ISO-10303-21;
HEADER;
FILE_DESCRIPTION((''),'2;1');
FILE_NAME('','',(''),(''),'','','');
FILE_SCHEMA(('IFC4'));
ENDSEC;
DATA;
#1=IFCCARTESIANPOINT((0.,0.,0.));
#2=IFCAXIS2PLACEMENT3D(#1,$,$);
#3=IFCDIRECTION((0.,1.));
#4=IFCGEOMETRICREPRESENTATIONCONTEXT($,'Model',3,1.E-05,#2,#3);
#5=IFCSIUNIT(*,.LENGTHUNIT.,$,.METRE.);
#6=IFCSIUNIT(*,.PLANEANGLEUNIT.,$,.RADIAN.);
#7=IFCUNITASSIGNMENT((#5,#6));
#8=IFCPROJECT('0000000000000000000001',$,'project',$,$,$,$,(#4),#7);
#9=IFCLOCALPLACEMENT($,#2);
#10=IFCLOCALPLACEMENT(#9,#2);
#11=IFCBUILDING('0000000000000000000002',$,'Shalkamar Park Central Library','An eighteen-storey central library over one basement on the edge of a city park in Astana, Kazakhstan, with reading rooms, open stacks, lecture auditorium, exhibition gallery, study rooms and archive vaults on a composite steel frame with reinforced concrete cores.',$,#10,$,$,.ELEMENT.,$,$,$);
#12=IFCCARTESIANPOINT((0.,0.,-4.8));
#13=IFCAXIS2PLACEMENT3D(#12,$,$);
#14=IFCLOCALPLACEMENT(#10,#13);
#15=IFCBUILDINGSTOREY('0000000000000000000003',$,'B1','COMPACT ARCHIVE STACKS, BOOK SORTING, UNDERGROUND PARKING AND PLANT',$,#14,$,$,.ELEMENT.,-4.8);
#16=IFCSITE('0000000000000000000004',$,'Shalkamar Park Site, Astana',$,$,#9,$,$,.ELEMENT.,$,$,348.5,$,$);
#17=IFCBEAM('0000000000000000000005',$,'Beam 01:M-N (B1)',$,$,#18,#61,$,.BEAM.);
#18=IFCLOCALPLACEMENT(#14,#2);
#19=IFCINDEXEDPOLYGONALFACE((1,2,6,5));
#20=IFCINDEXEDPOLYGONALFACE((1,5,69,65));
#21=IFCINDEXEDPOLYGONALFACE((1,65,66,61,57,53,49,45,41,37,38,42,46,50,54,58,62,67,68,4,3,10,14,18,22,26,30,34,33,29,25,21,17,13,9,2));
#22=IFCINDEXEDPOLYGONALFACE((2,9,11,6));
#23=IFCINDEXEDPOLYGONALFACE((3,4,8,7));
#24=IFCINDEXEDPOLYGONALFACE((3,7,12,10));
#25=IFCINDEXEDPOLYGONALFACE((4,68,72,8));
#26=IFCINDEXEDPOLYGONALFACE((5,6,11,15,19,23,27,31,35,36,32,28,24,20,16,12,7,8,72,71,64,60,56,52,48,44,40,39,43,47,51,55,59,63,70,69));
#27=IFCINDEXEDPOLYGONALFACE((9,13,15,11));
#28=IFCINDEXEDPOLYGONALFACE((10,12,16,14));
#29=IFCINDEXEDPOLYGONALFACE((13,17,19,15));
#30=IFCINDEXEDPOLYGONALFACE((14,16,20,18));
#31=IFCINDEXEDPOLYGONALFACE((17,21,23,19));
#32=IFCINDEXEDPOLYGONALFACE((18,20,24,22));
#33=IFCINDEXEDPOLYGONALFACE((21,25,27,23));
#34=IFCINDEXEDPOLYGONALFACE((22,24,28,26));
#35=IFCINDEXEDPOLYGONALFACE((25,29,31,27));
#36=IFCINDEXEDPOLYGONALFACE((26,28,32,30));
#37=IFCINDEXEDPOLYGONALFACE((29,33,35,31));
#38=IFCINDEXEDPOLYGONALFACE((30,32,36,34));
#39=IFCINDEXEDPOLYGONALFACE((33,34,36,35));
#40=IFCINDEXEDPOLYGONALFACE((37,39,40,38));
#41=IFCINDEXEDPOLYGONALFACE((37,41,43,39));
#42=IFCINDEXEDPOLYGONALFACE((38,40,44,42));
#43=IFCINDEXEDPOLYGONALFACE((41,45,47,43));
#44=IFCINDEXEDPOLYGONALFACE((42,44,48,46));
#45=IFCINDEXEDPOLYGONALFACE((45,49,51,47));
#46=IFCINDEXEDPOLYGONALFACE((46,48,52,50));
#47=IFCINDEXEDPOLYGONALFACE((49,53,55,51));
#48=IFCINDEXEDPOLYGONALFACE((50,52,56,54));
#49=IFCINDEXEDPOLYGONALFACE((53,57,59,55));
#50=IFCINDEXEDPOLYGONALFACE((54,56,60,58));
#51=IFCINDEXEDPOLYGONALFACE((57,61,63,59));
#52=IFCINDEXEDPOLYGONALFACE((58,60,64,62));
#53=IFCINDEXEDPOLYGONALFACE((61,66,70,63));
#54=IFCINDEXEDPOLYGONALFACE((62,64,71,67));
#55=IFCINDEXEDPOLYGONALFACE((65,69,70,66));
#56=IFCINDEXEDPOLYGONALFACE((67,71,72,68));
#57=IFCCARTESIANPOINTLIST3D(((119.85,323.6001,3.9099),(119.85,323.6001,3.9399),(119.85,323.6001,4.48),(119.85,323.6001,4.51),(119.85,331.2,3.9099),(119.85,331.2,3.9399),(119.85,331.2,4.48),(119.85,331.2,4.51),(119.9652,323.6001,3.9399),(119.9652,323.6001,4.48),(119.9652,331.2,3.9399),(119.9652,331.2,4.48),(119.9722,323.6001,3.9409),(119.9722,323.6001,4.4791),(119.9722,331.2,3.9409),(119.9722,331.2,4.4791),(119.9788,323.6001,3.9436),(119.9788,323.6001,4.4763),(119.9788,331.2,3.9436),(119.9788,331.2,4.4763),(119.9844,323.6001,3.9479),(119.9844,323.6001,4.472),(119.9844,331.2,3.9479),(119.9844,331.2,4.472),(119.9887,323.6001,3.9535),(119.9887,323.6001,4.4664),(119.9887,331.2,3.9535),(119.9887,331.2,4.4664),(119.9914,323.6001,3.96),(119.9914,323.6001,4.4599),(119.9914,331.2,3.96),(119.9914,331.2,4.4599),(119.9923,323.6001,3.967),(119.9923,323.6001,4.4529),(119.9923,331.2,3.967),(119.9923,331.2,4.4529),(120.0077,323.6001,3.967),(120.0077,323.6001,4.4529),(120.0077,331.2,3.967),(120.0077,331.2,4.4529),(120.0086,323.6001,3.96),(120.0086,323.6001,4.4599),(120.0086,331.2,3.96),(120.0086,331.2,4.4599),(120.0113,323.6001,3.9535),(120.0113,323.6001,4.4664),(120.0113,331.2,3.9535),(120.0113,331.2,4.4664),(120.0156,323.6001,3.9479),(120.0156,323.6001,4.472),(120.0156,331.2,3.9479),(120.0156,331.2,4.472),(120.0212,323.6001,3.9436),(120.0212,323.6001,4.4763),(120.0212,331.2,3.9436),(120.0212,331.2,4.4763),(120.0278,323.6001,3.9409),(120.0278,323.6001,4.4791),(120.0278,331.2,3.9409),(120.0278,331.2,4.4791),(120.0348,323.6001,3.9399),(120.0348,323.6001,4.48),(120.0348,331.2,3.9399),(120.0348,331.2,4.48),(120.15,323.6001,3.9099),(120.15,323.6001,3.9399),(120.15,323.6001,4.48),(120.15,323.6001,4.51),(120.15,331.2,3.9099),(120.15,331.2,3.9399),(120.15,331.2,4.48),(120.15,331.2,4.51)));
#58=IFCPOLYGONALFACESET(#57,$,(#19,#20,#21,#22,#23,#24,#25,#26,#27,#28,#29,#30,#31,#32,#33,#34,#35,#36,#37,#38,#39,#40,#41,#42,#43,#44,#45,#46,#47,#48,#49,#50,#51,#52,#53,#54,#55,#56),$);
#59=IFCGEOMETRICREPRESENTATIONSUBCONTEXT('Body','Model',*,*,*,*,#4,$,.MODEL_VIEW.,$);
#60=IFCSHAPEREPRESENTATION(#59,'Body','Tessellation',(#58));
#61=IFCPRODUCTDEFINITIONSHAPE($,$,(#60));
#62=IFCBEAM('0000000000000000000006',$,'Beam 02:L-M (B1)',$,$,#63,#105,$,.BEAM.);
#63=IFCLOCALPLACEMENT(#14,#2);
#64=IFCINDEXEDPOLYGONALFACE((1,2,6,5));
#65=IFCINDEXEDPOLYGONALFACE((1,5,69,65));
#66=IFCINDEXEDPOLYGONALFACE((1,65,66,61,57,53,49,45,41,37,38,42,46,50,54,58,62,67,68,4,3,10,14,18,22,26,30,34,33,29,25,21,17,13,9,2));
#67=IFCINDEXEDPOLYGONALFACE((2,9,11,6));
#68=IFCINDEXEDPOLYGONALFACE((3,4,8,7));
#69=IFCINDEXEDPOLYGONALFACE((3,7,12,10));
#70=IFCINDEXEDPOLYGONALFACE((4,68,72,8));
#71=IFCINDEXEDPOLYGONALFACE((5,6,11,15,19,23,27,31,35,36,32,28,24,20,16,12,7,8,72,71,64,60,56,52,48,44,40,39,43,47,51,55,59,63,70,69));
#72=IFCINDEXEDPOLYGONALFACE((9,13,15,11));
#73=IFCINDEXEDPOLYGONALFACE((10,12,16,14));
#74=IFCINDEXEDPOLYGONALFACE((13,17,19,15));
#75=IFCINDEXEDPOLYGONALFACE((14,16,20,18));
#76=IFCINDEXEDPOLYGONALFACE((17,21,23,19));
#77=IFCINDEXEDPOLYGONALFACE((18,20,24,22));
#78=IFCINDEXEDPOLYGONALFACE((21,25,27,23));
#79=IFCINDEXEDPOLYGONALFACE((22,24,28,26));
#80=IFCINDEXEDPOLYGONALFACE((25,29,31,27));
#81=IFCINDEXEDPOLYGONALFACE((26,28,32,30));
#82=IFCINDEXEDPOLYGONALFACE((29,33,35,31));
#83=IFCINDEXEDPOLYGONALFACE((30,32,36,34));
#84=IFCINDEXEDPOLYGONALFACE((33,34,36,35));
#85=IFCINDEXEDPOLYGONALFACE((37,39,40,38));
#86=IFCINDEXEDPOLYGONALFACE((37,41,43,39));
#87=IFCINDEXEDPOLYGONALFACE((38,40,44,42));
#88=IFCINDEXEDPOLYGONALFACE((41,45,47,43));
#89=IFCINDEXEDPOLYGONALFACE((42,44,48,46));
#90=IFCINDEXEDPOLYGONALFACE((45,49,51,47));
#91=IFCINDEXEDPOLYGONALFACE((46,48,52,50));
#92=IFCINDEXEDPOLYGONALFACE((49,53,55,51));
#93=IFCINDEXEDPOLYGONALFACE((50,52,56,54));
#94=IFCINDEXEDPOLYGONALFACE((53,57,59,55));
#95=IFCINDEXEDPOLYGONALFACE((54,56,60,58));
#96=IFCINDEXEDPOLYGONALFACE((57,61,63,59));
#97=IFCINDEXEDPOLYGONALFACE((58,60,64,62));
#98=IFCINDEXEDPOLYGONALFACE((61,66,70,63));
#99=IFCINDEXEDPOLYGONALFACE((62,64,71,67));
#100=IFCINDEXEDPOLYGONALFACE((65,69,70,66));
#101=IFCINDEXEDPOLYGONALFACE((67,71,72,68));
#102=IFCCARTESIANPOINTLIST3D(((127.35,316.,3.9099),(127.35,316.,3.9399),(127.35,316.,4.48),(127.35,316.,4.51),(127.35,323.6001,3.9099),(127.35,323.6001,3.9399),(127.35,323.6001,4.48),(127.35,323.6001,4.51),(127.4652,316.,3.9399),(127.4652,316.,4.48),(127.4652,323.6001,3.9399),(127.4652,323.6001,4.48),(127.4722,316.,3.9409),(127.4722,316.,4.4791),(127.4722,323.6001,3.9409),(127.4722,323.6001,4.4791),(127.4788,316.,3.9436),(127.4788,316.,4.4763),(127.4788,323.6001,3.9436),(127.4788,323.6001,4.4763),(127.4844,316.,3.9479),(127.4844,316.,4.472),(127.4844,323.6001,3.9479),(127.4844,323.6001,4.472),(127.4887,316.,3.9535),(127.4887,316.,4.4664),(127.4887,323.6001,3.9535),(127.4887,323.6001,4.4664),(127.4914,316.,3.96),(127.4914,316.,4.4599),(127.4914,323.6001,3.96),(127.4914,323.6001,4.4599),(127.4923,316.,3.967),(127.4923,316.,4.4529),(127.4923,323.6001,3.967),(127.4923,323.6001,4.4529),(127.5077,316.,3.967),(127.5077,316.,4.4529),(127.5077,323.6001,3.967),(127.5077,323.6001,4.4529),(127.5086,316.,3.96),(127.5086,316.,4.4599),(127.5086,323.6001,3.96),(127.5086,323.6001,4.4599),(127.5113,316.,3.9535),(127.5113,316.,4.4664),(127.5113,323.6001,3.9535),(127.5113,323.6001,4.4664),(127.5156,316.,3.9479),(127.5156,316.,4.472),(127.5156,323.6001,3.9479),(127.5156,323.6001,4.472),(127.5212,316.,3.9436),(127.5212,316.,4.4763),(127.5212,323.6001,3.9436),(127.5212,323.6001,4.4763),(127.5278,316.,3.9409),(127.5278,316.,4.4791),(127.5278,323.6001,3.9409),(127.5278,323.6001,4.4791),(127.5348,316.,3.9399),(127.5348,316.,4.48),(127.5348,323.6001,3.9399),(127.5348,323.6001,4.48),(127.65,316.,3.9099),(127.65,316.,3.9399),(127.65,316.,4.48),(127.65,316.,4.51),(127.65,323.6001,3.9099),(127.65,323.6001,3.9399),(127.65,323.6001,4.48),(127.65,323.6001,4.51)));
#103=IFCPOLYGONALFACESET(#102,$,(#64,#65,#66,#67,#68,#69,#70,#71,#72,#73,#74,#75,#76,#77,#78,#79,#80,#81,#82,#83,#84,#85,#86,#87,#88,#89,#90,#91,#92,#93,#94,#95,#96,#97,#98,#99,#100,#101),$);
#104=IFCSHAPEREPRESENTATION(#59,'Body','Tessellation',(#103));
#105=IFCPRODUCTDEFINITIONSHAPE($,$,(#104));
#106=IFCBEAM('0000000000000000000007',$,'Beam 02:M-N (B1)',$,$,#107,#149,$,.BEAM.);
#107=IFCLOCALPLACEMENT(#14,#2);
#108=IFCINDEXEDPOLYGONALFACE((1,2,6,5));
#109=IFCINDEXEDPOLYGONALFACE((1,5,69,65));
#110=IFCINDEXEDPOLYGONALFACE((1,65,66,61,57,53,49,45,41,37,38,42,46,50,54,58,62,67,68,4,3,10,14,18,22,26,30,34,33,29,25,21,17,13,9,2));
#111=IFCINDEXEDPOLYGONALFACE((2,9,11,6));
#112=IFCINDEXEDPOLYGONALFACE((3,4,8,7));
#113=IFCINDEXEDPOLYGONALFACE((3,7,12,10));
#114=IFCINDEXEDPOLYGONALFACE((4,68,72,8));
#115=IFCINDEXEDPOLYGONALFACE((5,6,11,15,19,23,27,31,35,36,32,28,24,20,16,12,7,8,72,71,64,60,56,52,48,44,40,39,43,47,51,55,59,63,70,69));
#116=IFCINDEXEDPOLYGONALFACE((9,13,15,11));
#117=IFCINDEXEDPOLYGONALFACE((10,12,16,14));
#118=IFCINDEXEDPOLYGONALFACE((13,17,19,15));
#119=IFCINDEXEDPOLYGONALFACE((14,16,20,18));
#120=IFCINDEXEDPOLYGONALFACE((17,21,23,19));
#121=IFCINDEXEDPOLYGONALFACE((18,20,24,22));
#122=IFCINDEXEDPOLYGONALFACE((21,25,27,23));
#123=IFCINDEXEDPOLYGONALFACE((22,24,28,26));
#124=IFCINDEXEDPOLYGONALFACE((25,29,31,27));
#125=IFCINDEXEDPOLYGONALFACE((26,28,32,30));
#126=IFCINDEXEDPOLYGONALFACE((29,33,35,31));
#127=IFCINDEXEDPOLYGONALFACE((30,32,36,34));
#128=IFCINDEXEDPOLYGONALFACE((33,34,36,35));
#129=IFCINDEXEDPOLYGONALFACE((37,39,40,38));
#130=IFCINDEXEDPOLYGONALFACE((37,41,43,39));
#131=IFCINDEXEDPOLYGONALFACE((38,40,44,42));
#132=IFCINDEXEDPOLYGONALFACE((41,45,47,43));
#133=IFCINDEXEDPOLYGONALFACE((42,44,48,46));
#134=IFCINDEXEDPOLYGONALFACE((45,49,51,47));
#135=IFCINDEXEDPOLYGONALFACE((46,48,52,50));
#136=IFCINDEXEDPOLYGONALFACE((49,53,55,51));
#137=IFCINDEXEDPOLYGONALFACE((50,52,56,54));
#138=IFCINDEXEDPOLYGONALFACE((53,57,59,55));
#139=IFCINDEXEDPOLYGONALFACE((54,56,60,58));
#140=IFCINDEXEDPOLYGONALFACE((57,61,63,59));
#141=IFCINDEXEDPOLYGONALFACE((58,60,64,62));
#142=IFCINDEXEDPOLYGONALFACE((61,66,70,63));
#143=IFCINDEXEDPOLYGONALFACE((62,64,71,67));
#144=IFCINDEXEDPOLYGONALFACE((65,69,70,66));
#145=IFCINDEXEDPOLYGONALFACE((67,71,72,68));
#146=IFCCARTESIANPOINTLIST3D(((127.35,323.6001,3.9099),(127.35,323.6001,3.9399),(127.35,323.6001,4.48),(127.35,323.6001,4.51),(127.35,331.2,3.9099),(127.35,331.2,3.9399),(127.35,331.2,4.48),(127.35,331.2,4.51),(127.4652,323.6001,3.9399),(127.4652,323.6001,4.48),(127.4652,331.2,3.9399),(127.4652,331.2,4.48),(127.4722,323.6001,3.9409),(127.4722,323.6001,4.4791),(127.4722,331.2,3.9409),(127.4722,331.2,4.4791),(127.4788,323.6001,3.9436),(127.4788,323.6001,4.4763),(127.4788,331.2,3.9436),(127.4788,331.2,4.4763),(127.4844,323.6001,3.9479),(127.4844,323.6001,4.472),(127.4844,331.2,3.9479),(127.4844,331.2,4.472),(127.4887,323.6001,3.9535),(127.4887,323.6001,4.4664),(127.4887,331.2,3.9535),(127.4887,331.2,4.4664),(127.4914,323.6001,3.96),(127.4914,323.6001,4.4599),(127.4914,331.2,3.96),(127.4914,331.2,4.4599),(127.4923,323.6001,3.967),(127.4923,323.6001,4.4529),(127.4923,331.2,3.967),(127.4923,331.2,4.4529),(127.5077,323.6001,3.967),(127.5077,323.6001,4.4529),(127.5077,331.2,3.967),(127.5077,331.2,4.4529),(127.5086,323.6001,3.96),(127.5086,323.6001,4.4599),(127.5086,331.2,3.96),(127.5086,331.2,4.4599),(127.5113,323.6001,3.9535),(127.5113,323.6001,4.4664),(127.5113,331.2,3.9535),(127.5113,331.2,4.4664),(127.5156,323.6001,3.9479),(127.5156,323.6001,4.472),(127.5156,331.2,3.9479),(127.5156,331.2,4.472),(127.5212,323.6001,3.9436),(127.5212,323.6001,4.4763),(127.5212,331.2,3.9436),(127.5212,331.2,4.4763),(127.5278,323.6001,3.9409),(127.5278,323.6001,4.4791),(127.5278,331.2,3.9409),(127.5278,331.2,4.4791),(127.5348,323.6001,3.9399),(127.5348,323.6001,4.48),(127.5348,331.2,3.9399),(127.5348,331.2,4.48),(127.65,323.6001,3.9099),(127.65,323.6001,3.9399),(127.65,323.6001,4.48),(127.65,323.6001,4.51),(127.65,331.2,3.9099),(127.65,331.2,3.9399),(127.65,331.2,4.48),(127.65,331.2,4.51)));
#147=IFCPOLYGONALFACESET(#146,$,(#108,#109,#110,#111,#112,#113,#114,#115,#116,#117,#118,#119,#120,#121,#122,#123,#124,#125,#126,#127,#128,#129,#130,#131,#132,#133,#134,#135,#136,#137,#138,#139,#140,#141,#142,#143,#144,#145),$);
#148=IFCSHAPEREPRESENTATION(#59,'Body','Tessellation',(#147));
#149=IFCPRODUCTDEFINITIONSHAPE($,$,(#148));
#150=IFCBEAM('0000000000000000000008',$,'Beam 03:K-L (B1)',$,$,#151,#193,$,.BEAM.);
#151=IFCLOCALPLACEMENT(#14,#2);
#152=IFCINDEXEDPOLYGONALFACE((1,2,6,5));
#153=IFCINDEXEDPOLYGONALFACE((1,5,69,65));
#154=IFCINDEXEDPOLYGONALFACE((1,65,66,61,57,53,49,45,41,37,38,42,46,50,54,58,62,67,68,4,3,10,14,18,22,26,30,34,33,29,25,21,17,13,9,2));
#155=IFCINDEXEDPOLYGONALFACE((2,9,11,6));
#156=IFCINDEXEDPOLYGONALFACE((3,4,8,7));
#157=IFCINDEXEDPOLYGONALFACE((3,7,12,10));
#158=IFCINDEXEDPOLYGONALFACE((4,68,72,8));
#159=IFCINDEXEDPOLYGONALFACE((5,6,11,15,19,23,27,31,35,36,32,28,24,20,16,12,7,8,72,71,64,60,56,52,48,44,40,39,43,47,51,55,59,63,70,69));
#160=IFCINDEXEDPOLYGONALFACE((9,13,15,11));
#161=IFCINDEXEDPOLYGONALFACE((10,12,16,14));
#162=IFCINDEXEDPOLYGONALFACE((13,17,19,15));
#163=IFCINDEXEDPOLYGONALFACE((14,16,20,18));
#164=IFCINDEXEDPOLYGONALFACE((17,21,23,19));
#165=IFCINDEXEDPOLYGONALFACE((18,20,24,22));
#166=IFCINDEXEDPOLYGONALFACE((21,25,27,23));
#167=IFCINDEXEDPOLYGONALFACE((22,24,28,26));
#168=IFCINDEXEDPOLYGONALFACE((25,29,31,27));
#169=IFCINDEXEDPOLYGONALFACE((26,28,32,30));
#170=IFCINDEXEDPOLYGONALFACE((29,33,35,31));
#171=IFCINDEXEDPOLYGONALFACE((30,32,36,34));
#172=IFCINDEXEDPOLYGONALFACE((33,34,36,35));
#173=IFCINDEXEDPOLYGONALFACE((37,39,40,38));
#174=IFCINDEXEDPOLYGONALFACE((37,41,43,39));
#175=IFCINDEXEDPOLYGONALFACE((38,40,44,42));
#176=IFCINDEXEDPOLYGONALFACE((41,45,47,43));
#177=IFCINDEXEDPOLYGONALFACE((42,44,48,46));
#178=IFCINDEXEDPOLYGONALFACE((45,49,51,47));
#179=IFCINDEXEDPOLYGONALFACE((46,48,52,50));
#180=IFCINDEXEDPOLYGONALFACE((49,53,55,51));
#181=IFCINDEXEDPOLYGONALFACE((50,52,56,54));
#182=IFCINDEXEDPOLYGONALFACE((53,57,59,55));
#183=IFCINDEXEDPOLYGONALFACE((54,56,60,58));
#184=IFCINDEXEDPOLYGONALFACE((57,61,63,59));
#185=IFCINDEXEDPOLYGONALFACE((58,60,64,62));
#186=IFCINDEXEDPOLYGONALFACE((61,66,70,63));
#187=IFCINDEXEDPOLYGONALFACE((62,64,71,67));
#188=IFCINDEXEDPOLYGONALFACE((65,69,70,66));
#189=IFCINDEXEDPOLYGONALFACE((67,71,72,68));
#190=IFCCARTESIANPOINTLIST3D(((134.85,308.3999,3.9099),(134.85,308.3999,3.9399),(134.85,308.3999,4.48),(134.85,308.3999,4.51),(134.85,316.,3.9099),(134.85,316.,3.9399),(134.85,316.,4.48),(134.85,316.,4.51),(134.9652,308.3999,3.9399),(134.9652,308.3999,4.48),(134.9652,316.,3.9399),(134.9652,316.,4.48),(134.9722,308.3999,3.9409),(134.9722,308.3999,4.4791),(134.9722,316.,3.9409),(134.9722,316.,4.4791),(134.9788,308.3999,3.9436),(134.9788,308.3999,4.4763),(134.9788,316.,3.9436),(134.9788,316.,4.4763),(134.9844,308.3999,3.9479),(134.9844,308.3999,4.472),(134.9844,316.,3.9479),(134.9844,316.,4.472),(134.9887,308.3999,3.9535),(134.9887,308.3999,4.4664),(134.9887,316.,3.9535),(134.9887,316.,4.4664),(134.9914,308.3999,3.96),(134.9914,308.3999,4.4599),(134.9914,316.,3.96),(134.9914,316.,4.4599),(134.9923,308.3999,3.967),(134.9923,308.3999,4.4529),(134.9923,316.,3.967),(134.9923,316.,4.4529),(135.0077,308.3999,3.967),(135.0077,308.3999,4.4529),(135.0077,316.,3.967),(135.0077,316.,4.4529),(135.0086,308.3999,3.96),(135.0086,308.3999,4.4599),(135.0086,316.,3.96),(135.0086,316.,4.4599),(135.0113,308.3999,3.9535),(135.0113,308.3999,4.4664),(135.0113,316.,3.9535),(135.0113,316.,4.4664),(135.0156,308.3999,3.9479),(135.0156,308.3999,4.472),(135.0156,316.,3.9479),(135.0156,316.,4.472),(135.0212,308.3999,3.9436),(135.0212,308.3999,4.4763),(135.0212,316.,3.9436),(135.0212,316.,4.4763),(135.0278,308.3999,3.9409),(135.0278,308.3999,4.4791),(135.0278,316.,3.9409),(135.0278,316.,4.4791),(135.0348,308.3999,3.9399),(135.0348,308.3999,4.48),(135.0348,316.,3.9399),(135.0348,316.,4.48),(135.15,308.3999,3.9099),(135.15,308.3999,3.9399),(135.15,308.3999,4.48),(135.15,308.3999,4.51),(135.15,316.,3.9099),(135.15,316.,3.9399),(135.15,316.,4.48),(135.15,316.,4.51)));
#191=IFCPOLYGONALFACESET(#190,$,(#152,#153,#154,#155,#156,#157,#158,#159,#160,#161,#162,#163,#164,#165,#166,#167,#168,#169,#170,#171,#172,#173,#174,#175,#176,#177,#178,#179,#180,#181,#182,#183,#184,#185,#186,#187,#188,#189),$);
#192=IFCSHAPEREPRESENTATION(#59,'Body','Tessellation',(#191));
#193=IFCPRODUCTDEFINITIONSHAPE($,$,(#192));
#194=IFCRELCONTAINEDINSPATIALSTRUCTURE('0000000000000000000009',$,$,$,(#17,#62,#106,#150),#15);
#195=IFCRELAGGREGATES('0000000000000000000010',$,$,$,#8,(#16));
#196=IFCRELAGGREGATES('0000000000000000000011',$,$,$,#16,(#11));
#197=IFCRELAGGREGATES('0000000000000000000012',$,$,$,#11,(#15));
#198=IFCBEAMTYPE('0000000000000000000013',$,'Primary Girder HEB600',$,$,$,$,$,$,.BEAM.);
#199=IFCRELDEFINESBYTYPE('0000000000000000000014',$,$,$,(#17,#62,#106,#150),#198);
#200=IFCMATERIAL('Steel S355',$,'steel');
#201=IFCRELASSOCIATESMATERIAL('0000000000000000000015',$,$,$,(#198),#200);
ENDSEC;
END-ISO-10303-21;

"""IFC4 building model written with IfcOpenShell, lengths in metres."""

from ifc_helpers import new_model, si_unit, direction, frame, origin, origin_2d, place, context, subcontext, project, spatial, i_section, extrude, material, material_profile, profile_set, type_object, element, save


model = new_model("IFC4")

# Units and contexts
model_context = context("Model", 3, precision=1e-05, world=origin(), true_north=direction((0.0, 1.0)))
body_context = subcontext(model_context, "Body", "Model", "MODEL_VIEW")
ifc_project = project(units=[si_unit("LENGTHUNIT", "METRE"), si_unit("PLANEANGLEUNIT", "RADIAN")], contexts=[model_context])

# Site, building, storey
site_placement = place(None, origin())
site = spatial("IfcSite", under=ifc_project, at=site_placement, Name="Shalkamar Park Site, Astana", CompositionType="ELEMENT", RefElevation=348.5)
building_placement = place(site_placement, origin())
building = spatial("IfcBuilding", under=site, at=building_placement, Name="Shalkamar Park Central Library", Description="An eighteen-storey central library over one basement on the edge of a city park in Astana, Kazakhstan, with reading rooms, open stacks, lecture auditorium, exhibition gallery, study rooms and archive vaults on a composite steel frame with reinforced concrete cores.", CompositionType="ELEMENT")
storey_placement = place(building_placement, frame((0.0, 0.0, -4.8)))
storey = spatial("IfcBuildingStorey", under=building, at=storey_placement, Name="B1", Description="COMPACT ARCHIVE STACKS, BOOK SORTING, UNDERGROUND PARKING AND PLANT", CompositionType="ELEMENT", Elevation=-4.8)

# Shared definitions
ifc_material_1 = material(Name="Steel S355", Category="steel")

# Beams
ifc_material_profile_1 = material_profile(ifc_material_1, i_section(OverallWidth=0.3, OverallDepth=0.6001, WebThickness=0.0154, FlangeThickness=0.03, FilletRadius=0.0271, at=origin_2d()), Name="HEB 600")
ifc_profile_set_1 = profile_set([ifc_material_profile_1], Name="Steel S355")
beam_type = type_object("IfcBeamType", Name="Primary Girder HEB600", PredefinedType="BEAM", material=ifc_profile_set_1)
beam_1_placement = place(storey_placement, frame((120.0, 323.6001, 4.21), z_axis=(0.0, 1.0, 0.0), x_axis=(-1.0, 0.0, 0.0)))
element("IfcBeam", 1, at=beam_1_placement, inside=storey, type_object=beam_type, Name="Beam 01:M-N (B1)", PredefinedType="BEAM", context=body_context, shape_type="SweptSolid", body=[
    extrude(i_section(OverallWidth=0.3, OverallDepth=0.6001, WebThickness=0.0154, FlangeThickness=0.03, FilletRadius=0.0271, at=origin_2d()), origin(), (0.0, 0.0, 1.0), 7.5999),
])
beam_2_placement = place(storey_placement, frame((127.5, 316.0, 4.21), z_axis=(0.0, 1.0, 0.0), x_axis=(-1.0, 0.0, 0.0)))
element("IfcBeam", 2, at=beam_2_placement, inside=storey, type_object=beam_type, Name="Beam 02:L-M (B1)", PredefinedType="BEAM", context=body_context, shape_type="SweptSolid", body=[
    extrude(i_section(OverallWidth=0.3, OverallDepth=0.6001, WebThickness=0.0154, FlangeThickness=0.03, FilletRadius=0.0271, at=origin_2d()), origin(), (0.0, 0.0, 1.0), 7.6001),
])
beam_3_placement = place(storey_placement, frame((127.5, 323.6001, 4.21), z_axis=(0.0, 1.0, 0.0), x_axis=(-1.0, 0.0, 0.0)))
element("IfcBeam", 3, at=beam_3_placement, inside=storey, type_object=beam_type, Name="Beam 02:M-N (B1)", PredefinedType="BEAM", context=body_context, shape_type="SweptSolid", body=[
    extrude(i_section(OverallWidth=0.3, OverallDepth=0.6001, WebThickness=0.0154, FlangeThickness=0.03, FilletRadius=0.0271, at=origin_2d()), origin(), (0.0, 0.0, 1.0), 7.5999),
])
for number, where, z_axis, x_axis, name in (
    (4, (135.0, 308.3999, 4.21), (0.0, 1.0, 0.0), (-1.0, 0.0, 0.0), "Beam 03:K-L (B1)"),
):
    element("IfcBeam", number, at=place(storey_placement, frame(where, z_axis=z_axis, x_axis=x_axis)), inside=storey, type_object=beam_type, Name=name, PredefinedType="BEAM", context=body_context, shape_type="SweptSolid", body=[
        extrude(i_section(OverallWidth=0.3, OverallDepth=0.6001, WebThickness=0.0154, FlangeThickness=0.03, FilletRadius=0.0271, at=origin_2d()), origin(), (0.0, 0.0, 1.0), 7.6001),
    ])

save(model, "model.ifc")
